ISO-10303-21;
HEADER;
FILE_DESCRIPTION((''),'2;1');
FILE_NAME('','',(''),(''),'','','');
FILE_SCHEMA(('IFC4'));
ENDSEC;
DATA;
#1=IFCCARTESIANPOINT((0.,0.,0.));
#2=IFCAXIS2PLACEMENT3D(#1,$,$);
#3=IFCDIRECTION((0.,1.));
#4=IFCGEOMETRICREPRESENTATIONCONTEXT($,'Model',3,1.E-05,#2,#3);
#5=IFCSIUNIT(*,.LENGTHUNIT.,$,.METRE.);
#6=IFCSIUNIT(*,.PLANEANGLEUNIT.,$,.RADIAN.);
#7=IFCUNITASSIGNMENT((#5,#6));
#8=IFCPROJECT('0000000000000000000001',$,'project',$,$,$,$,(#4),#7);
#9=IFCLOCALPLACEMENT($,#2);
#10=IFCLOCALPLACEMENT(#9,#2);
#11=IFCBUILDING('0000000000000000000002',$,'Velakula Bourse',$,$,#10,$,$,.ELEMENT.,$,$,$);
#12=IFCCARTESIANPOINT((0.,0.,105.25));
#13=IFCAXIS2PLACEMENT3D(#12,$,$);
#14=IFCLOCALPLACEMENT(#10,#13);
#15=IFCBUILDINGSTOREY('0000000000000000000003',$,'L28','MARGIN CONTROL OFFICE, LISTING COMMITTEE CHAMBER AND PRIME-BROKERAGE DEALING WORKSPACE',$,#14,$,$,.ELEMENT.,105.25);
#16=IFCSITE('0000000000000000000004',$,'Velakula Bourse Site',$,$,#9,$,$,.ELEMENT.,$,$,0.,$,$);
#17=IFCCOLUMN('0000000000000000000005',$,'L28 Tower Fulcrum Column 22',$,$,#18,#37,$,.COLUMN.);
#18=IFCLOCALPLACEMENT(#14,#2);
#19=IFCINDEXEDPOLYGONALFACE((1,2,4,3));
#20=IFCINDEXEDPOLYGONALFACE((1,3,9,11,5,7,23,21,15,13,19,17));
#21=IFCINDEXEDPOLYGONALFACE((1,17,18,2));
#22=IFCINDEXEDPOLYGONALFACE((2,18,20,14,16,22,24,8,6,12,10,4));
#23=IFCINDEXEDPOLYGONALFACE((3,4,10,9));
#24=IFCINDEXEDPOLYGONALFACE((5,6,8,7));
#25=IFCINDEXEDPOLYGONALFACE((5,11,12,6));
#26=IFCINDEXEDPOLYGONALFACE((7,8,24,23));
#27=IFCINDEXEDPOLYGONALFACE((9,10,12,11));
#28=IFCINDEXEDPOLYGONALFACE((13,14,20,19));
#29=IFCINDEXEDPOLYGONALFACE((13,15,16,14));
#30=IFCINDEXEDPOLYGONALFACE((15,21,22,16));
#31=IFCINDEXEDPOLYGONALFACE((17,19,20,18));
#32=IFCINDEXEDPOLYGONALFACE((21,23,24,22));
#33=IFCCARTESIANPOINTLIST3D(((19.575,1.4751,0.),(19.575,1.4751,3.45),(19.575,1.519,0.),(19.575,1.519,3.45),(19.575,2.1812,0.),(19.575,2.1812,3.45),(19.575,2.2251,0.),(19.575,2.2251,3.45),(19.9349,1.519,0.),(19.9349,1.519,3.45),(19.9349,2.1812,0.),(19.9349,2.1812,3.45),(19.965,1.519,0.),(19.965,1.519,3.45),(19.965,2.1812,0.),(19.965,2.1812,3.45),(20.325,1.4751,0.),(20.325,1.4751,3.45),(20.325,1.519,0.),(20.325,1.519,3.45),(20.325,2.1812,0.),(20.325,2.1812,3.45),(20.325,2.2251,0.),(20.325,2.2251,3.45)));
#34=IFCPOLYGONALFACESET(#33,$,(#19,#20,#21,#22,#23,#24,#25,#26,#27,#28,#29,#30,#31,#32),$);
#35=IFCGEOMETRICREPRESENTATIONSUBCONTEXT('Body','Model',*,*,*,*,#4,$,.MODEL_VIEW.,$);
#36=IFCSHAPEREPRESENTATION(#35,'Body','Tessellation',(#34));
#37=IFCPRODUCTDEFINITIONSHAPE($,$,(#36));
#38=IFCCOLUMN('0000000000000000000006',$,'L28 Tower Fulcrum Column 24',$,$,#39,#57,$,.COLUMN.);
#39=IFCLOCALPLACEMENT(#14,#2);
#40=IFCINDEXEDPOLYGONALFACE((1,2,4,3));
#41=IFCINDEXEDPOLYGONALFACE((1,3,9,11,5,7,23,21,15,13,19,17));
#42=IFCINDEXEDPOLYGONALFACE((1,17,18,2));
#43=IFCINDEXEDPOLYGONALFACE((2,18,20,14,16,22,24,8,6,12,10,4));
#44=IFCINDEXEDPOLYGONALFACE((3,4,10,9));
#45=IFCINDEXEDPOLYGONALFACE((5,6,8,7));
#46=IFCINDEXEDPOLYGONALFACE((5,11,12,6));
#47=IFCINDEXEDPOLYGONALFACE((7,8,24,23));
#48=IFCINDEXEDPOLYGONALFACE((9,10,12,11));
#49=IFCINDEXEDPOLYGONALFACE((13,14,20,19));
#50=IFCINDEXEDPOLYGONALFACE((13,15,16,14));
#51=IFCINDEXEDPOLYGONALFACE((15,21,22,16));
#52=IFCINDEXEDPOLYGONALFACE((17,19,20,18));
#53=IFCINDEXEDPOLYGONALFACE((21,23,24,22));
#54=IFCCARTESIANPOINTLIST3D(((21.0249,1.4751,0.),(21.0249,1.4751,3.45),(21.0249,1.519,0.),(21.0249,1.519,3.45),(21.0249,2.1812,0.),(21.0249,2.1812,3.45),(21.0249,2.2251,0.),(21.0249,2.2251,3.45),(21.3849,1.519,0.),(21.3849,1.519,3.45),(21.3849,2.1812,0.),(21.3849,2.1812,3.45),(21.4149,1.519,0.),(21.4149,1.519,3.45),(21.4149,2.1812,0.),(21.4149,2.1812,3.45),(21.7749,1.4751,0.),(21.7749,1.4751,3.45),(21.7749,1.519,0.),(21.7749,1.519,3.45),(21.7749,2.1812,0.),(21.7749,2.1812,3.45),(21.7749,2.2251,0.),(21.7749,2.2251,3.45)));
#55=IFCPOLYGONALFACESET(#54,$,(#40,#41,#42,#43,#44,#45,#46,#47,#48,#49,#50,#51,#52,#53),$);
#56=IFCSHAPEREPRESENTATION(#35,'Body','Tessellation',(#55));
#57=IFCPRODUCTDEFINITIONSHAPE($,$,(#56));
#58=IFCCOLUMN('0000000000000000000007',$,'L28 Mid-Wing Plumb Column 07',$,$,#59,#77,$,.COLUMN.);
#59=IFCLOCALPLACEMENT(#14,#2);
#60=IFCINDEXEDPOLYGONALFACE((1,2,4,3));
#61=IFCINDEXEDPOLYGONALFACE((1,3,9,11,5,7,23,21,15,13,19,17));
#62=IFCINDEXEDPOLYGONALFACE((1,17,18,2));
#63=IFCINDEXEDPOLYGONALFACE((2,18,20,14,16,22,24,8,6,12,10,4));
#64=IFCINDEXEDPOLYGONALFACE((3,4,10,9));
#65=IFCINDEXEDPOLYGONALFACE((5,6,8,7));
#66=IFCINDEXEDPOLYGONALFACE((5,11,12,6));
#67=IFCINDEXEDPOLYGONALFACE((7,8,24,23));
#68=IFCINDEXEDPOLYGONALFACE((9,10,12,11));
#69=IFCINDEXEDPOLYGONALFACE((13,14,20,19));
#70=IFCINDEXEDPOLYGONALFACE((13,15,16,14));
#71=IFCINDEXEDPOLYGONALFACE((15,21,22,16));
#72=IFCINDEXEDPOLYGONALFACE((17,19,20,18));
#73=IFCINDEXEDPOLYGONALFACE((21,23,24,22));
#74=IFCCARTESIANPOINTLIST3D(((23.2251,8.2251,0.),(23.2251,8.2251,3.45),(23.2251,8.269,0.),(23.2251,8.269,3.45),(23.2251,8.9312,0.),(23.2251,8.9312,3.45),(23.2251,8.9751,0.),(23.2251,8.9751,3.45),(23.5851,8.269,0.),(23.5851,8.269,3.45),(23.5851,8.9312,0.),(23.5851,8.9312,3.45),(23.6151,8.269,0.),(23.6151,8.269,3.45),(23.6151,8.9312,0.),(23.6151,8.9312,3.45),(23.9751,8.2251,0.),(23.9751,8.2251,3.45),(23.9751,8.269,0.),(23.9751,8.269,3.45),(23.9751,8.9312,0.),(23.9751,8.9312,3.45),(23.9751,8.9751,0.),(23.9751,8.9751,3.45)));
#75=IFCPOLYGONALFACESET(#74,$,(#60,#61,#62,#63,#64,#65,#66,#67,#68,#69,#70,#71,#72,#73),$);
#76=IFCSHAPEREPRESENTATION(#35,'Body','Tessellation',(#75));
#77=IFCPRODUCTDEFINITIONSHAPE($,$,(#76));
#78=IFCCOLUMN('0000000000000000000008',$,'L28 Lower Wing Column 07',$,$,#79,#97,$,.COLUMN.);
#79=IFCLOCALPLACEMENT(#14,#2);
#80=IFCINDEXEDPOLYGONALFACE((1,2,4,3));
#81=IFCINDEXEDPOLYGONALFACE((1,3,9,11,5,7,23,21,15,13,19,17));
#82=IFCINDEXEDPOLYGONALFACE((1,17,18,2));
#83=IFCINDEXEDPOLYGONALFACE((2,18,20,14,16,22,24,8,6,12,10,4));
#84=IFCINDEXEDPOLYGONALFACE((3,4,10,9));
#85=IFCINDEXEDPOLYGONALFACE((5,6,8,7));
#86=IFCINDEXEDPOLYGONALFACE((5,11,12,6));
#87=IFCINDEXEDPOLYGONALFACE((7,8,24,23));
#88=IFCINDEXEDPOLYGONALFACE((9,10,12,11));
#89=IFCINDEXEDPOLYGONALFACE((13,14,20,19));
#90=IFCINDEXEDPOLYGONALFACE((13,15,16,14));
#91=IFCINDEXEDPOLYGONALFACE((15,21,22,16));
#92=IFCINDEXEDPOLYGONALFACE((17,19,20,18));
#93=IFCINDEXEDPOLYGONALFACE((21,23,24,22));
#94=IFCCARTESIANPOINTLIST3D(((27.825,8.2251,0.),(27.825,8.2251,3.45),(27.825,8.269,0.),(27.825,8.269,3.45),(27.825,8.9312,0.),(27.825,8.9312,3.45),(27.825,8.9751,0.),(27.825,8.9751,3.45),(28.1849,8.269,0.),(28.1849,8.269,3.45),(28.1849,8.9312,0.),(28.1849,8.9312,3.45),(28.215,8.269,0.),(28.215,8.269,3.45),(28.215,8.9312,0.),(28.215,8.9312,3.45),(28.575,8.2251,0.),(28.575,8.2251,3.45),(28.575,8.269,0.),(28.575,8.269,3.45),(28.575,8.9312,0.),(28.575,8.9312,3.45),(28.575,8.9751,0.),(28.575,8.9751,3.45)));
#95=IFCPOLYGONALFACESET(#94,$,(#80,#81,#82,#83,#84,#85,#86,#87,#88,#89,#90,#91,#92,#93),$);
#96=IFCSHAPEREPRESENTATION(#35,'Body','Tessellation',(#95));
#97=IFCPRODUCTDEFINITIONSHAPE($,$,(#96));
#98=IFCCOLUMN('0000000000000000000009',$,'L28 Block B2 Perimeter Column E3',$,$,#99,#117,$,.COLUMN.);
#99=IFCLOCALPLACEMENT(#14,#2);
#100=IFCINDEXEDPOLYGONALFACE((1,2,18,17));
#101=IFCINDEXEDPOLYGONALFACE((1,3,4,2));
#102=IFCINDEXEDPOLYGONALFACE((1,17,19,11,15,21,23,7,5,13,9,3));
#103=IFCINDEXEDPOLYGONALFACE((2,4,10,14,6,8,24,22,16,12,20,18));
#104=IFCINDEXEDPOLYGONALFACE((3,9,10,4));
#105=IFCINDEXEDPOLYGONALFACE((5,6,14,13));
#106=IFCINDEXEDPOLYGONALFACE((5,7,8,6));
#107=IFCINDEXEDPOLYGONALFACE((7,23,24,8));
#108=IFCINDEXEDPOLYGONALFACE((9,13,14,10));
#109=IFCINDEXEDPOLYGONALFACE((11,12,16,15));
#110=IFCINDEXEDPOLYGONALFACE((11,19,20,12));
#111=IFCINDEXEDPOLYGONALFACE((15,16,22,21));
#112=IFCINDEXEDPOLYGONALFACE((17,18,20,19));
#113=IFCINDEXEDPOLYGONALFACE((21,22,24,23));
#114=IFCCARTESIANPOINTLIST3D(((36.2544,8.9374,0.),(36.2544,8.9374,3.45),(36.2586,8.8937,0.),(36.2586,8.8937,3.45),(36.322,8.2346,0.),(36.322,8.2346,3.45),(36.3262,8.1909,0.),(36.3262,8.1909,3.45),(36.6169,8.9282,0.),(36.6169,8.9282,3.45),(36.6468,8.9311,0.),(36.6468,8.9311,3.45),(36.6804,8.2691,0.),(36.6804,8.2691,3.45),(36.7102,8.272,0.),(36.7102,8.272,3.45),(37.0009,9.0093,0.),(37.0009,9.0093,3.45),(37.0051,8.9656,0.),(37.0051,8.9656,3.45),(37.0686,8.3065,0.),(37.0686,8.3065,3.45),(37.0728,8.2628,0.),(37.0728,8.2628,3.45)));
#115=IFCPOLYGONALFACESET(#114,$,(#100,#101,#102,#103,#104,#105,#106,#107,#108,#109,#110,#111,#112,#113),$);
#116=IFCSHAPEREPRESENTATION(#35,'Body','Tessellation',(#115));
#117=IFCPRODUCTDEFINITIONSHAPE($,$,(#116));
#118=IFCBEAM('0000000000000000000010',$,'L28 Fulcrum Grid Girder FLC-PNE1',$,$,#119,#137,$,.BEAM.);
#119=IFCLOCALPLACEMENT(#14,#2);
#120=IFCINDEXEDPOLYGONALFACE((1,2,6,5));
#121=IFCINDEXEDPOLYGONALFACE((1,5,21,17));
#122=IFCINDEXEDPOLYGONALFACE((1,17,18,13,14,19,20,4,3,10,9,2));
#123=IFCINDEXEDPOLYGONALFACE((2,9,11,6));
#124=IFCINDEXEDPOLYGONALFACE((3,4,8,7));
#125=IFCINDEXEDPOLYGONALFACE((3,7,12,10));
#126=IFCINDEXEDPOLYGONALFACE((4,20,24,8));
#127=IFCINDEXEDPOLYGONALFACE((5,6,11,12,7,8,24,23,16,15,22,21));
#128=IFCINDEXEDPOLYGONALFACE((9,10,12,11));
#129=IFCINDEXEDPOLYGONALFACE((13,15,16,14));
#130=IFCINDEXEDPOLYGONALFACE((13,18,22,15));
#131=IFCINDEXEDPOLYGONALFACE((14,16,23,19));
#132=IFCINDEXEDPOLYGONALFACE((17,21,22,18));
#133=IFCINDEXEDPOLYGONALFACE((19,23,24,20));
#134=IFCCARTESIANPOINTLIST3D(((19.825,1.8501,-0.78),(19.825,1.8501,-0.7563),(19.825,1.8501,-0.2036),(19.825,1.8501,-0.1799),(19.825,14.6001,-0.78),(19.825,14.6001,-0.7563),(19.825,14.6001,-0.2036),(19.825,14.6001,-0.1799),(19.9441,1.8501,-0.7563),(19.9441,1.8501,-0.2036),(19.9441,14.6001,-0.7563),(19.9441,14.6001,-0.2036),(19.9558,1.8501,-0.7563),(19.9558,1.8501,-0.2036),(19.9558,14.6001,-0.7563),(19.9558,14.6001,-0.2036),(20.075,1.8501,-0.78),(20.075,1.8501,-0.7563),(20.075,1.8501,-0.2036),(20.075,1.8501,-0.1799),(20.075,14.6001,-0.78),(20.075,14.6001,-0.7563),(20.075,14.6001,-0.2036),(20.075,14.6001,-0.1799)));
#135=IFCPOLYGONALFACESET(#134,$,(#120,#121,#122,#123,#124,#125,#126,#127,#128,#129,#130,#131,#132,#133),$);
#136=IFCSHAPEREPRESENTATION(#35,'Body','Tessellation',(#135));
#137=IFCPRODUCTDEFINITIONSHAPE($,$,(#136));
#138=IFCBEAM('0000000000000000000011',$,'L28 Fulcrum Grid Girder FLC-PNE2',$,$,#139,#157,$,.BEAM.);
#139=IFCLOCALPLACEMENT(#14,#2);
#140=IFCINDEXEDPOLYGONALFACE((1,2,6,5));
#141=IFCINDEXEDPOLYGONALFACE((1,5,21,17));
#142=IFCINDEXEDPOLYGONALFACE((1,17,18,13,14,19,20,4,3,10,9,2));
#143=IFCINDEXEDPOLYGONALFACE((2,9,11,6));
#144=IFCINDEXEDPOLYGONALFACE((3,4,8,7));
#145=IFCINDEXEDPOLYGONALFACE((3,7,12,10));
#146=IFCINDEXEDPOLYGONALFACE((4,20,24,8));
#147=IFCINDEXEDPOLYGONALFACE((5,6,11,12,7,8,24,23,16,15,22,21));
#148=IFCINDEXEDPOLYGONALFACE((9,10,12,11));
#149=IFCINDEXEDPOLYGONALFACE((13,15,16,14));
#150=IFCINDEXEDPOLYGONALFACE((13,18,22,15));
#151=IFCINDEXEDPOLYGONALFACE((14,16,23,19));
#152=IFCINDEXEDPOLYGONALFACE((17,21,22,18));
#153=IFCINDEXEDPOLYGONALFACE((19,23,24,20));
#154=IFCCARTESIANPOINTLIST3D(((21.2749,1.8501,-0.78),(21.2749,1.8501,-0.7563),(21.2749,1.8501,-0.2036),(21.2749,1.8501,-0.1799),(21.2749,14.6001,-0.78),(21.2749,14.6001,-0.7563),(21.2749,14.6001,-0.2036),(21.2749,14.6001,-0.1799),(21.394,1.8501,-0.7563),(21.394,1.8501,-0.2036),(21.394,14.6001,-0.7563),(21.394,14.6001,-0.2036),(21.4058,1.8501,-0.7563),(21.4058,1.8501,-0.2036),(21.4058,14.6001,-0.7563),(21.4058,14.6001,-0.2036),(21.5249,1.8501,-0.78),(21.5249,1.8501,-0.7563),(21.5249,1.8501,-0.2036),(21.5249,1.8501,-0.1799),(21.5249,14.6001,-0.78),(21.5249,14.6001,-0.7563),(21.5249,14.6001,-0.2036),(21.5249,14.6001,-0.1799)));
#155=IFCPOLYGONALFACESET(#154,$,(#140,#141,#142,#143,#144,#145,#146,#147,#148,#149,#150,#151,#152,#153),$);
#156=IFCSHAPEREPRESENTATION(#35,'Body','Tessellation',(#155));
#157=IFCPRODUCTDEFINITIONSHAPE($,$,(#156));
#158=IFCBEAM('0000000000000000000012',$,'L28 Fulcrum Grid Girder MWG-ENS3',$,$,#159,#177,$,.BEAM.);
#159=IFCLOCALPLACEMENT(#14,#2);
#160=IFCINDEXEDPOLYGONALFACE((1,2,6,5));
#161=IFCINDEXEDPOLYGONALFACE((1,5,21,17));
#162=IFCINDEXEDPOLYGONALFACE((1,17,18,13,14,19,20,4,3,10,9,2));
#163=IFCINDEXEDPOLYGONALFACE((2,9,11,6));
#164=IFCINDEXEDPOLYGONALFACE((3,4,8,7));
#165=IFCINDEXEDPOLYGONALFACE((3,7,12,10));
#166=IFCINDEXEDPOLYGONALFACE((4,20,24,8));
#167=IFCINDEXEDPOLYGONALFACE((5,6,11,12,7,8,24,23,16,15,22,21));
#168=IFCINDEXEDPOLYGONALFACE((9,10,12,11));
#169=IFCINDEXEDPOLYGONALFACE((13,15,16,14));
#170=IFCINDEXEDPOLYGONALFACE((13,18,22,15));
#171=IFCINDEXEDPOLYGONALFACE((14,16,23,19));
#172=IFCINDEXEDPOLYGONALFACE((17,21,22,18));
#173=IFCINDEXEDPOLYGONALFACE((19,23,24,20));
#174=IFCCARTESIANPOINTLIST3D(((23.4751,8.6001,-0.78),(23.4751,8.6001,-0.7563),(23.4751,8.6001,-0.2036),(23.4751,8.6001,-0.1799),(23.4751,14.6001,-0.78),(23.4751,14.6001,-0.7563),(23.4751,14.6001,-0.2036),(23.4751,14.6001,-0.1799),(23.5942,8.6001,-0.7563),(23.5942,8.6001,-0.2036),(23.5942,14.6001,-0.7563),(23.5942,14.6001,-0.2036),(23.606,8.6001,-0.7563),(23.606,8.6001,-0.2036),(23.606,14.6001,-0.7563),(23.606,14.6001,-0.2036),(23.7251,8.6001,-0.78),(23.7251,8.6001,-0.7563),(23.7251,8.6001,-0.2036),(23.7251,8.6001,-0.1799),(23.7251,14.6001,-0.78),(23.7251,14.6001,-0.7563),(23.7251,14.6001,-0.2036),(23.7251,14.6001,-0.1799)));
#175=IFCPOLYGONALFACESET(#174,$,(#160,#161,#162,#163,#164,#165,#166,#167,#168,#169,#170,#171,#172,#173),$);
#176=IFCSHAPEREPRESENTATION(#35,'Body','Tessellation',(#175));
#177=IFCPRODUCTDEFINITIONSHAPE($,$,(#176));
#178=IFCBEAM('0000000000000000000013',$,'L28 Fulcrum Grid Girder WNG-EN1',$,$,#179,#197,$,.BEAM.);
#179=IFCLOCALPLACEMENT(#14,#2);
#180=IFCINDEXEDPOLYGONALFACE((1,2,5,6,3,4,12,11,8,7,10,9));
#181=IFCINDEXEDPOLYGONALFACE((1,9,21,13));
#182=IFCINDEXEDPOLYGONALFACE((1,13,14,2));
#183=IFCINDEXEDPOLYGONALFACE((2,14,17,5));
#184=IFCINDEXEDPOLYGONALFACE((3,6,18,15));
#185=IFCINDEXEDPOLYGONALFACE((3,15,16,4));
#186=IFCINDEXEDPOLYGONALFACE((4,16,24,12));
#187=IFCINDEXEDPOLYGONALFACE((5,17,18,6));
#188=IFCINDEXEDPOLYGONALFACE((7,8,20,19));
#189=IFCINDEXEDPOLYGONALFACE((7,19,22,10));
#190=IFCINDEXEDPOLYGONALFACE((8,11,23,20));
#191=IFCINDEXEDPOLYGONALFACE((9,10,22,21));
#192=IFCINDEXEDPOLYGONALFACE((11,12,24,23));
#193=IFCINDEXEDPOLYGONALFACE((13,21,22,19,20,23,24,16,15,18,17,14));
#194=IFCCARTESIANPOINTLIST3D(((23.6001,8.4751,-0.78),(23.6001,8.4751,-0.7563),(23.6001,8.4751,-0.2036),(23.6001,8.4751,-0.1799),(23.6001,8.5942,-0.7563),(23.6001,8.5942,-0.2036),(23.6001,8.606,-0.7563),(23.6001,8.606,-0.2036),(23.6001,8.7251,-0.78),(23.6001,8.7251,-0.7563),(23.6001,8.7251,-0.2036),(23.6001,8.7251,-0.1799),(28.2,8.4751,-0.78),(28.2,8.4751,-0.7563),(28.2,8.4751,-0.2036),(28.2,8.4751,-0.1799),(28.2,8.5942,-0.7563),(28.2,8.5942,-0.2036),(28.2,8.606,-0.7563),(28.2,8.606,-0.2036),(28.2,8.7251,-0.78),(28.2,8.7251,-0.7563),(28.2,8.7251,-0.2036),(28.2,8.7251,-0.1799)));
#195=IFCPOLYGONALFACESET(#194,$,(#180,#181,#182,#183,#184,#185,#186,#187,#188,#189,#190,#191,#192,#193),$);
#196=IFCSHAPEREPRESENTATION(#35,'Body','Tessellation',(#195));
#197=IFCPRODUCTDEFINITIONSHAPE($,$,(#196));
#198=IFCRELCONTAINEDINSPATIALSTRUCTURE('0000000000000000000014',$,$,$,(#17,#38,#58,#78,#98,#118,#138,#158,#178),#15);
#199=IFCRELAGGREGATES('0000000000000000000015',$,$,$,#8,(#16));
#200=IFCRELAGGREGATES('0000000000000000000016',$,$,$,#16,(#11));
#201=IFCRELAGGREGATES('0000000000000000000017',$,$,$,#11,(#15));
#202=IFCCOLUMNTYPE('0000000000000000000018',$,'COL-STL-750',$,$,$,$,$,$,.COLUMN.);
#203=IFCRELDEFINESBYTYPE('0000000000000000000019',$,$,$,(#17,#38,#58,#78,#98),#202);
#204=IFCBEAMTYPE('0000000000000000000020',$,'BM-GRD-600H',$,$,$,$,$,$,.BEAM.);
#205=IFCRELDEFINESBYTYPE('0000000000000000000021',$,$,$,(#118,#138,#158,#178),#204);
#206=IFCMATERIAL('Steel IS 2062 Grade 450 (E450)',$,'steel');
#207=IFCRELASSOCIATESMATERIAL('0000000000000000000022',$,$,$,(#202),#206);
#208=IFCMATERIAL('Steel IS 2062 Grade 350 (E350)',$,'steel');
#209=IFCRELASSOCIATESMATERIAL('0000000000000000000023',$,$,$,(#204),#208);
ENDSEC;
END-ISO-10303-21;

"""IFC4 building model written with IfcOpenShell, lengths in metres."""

from ifc_helpers import new_model, si_unit, direction, frame, origin, origin_2d, place, context, subcontext, project, spatial, i_section, extrude, material, material_profile, profile_set, type_object, element, save


model = new_model("IFC4")

# Units and contexts
model_context = context("Model", 3, precision=1e-05, world=origin(), true_north=direction((0.0, 1.0)))
body_context = subcontext(model_context, "Body", "Model", "MODEL_VIEW")
ifc_project = project(units=[si_unit("LENGTHUNIT", "METRE"), si_unit("PLANEANGLEUNIT", "RADIAN")], contexts=[model_context])

# Site, building, storey
site_placement = place(None, origin())
site = spatial("IfcSite", under=ifc_project, at=site_placement, Name="Velakula Bourse Site", CompositionType="ELEMENT", RefElevation=0.0)
building_placement = place(site_placement, origin())
building = spatial("IfcBuilding", under=site, at=building_placement, Name="Velakula Bourse", CompositionType="ELEMENT")
storey_placement = place(building_placement, frame((0.0, 0.0, 105.25)))
storey = spatial("IfcBuildingStorey", under=building, at=storey_placement, Name="L28", Description="MARGIN CONTROL OFFICE, LISTING COMMITTEE CHAMBER AND PRIME-BROKERAGE DEALING WORKSPACE", CompositionType="ELEMENT", Elevation=105.25)

# Columns
ifc_material_1 = material(Name="Steel IS 2062 Grade 450 (E450)", Category="steel")
ifc_material_profile_1 = material_profile(ifc_material_1, i_section(OverallWidth=0.75, OverallDepth=0.75, WebThickness=0.03, FlangeThickness=0.0439, at=origin_2d()), Name="Steel IS 2062 Grade 450 (E450)")
ifc_profile_set_1 = profile_set([ifc_material_profile_1], Name="Steel IS 2062 Grade 450 (E450)")
column_type = type_object("IfcColumnType", Name="COL-STL-750", PredefinedType="COLUMN", material=ifc_profile_set_1)
for number, where, z_axis, x_axis, name in (
    (1, (19.95, 1.8501, 0.0), (0.0, 0.0, 1.0), (1.0, 0.0, 0.0), "L28 Tower Fulcrum Column 22"),
    (2, (21.3999, 1.8501, 0.0), (0.0, 0.0, 1.0), (1.0, 0.0, 0.0), "L28 Tower Fulcrum Column 24"),
    (3, (23.6001, 8.6001, 0.0), (0.0, 0.0, 1.0), (1.0, 0.0, 0.0), "L28 Mid-Wing Plumb Column 07"),
    (4, (28.2, 8.6001, 0.0), (0.0, 0.0, 1.0), (1.0, 0.0, 0.0), "L28 Lower Wing Column 07"),
    (5, (36.6636, 8.6001, 0.0), (0.0, 0.0, 1.0), (0.995396, 0.095846, 0.0), "L28 Block B2 Perimeter Column E3"),
):
    element("IfcColumn", number, at=place(storey_placement, frame(where, z_axis=z_axis, x_axis=x_axis)), inside=storey, type_object=column_type, Name=name, PredefinedType="COLUMN", context=body_context, shape_type="SweptSolid", body=[
        extrude(i_section(OverallWidth=0.75, OverallDepth=0.75, WebThickness=0.03, FlangeThickness=0.0439, at=origin_2d()), origin(), (0.0, 0.0, 1.0), 3.45),
    ])

# Beams
ifc_material_2 = material(Name="Steel IS 2062 Grade 350 (E350)", Category="steel")
ifc_material_profile_2 = material_profile(ifc_material_2, i_section(OverallWidth=0.25, OverallDepth=0.6001, WebThickness=0.0117, FlangeThickness=0.0237, at=origin_2d()), Name="Steel IS 2062 Grade 350 (E350)")
ifc_profile_set_2 = profile_set([ifc_material_profile_2], Name="Steel IS 2062 Grade 350 (E350)")
beam_type_1 = type_object("IfcBeamType", Name="BM-GRD-600H", PredefinedType="BEAM", material=ifc_profile_set_2)
for number, where, z_axis, x_axis, name in (
    (6, (19.95, 1.8501, -0.48), (0.0, 1.0, 0.0), (-1.0, 0.0, 0.0), "L28 Fulcrum Grid Girder FLC-PNE1"),
    (7, (21.3999, 1.8501, -0.48), (0.0, 1.0, 0.0), (-1.0, 0.0, 0.0), "L28 Fulcrum Grid Girder FLC-PNE2"),
):
    element("IfcBeam", number, at=place(storey_placement, frame(where, z_axis=z_axis, x_axis=x_axis)), inside=storey, type_object=beam_type_1, Name=name, PredefinedType="BEAM", context=body_context, shape_type="SweptSolid", body=[
        extrude(i_section(OverallWidth=0.25, OverallDepth=0.6001, WebThickness=0.0117, FlangeThickness=0.0237, at=origin_2d()), origin(), (0.0, 0.0, 1.0), 12.75),
    ])
beam_1_placement = place(storey_placement, frame((23.6001, 8.6001, -0.48), z_axis=(0.0, 1.0, 0.0), x_axis=(-1.0, 0.0, 0.0)))
element("IfcBeam", 8, at=beam_1_placement, inside=storey, type_object=beam_type_1, Name="L28 Fulcrum Grid Girder MWG-ENS3", PredefinedType="BEAM", context=body_context, shape_type="SweptSolid", body=[
    extrude(i_section(OverallWidth=0.25, OverallDepth=0.6001, WebThickness=0.0117, FlangeThickness=0.0237, at=origin_2d()), origin(), (0.0, 0.0, 1.0), 6.0),
])
beam_2_placement = place(storey_placement, frame((23.6001, 8.6001, -0.48), z_axis=(1.0, 0.0, 0.0), x_axis=(0.0, 1.0, 0.0)))
element("IfcBeam", 9, at=beam_2_placement, inside=storey, type_object=beam_type_1, Name="L28 Fulcrum Grid Girder WNG-EN1", PredefinedType="BEAM", context=body_context, shape_type="SweptSolid", body=[
    extrude(i_section(OverallWidth=0.25, OverallDepth=0.6001, WebThickness=0.0117, FlangeThickness=0.0237, at=origin_2d()), origin(), (0.0, 0.0, 1.0), 4.5999),
])

save(model, "model.ifc")
